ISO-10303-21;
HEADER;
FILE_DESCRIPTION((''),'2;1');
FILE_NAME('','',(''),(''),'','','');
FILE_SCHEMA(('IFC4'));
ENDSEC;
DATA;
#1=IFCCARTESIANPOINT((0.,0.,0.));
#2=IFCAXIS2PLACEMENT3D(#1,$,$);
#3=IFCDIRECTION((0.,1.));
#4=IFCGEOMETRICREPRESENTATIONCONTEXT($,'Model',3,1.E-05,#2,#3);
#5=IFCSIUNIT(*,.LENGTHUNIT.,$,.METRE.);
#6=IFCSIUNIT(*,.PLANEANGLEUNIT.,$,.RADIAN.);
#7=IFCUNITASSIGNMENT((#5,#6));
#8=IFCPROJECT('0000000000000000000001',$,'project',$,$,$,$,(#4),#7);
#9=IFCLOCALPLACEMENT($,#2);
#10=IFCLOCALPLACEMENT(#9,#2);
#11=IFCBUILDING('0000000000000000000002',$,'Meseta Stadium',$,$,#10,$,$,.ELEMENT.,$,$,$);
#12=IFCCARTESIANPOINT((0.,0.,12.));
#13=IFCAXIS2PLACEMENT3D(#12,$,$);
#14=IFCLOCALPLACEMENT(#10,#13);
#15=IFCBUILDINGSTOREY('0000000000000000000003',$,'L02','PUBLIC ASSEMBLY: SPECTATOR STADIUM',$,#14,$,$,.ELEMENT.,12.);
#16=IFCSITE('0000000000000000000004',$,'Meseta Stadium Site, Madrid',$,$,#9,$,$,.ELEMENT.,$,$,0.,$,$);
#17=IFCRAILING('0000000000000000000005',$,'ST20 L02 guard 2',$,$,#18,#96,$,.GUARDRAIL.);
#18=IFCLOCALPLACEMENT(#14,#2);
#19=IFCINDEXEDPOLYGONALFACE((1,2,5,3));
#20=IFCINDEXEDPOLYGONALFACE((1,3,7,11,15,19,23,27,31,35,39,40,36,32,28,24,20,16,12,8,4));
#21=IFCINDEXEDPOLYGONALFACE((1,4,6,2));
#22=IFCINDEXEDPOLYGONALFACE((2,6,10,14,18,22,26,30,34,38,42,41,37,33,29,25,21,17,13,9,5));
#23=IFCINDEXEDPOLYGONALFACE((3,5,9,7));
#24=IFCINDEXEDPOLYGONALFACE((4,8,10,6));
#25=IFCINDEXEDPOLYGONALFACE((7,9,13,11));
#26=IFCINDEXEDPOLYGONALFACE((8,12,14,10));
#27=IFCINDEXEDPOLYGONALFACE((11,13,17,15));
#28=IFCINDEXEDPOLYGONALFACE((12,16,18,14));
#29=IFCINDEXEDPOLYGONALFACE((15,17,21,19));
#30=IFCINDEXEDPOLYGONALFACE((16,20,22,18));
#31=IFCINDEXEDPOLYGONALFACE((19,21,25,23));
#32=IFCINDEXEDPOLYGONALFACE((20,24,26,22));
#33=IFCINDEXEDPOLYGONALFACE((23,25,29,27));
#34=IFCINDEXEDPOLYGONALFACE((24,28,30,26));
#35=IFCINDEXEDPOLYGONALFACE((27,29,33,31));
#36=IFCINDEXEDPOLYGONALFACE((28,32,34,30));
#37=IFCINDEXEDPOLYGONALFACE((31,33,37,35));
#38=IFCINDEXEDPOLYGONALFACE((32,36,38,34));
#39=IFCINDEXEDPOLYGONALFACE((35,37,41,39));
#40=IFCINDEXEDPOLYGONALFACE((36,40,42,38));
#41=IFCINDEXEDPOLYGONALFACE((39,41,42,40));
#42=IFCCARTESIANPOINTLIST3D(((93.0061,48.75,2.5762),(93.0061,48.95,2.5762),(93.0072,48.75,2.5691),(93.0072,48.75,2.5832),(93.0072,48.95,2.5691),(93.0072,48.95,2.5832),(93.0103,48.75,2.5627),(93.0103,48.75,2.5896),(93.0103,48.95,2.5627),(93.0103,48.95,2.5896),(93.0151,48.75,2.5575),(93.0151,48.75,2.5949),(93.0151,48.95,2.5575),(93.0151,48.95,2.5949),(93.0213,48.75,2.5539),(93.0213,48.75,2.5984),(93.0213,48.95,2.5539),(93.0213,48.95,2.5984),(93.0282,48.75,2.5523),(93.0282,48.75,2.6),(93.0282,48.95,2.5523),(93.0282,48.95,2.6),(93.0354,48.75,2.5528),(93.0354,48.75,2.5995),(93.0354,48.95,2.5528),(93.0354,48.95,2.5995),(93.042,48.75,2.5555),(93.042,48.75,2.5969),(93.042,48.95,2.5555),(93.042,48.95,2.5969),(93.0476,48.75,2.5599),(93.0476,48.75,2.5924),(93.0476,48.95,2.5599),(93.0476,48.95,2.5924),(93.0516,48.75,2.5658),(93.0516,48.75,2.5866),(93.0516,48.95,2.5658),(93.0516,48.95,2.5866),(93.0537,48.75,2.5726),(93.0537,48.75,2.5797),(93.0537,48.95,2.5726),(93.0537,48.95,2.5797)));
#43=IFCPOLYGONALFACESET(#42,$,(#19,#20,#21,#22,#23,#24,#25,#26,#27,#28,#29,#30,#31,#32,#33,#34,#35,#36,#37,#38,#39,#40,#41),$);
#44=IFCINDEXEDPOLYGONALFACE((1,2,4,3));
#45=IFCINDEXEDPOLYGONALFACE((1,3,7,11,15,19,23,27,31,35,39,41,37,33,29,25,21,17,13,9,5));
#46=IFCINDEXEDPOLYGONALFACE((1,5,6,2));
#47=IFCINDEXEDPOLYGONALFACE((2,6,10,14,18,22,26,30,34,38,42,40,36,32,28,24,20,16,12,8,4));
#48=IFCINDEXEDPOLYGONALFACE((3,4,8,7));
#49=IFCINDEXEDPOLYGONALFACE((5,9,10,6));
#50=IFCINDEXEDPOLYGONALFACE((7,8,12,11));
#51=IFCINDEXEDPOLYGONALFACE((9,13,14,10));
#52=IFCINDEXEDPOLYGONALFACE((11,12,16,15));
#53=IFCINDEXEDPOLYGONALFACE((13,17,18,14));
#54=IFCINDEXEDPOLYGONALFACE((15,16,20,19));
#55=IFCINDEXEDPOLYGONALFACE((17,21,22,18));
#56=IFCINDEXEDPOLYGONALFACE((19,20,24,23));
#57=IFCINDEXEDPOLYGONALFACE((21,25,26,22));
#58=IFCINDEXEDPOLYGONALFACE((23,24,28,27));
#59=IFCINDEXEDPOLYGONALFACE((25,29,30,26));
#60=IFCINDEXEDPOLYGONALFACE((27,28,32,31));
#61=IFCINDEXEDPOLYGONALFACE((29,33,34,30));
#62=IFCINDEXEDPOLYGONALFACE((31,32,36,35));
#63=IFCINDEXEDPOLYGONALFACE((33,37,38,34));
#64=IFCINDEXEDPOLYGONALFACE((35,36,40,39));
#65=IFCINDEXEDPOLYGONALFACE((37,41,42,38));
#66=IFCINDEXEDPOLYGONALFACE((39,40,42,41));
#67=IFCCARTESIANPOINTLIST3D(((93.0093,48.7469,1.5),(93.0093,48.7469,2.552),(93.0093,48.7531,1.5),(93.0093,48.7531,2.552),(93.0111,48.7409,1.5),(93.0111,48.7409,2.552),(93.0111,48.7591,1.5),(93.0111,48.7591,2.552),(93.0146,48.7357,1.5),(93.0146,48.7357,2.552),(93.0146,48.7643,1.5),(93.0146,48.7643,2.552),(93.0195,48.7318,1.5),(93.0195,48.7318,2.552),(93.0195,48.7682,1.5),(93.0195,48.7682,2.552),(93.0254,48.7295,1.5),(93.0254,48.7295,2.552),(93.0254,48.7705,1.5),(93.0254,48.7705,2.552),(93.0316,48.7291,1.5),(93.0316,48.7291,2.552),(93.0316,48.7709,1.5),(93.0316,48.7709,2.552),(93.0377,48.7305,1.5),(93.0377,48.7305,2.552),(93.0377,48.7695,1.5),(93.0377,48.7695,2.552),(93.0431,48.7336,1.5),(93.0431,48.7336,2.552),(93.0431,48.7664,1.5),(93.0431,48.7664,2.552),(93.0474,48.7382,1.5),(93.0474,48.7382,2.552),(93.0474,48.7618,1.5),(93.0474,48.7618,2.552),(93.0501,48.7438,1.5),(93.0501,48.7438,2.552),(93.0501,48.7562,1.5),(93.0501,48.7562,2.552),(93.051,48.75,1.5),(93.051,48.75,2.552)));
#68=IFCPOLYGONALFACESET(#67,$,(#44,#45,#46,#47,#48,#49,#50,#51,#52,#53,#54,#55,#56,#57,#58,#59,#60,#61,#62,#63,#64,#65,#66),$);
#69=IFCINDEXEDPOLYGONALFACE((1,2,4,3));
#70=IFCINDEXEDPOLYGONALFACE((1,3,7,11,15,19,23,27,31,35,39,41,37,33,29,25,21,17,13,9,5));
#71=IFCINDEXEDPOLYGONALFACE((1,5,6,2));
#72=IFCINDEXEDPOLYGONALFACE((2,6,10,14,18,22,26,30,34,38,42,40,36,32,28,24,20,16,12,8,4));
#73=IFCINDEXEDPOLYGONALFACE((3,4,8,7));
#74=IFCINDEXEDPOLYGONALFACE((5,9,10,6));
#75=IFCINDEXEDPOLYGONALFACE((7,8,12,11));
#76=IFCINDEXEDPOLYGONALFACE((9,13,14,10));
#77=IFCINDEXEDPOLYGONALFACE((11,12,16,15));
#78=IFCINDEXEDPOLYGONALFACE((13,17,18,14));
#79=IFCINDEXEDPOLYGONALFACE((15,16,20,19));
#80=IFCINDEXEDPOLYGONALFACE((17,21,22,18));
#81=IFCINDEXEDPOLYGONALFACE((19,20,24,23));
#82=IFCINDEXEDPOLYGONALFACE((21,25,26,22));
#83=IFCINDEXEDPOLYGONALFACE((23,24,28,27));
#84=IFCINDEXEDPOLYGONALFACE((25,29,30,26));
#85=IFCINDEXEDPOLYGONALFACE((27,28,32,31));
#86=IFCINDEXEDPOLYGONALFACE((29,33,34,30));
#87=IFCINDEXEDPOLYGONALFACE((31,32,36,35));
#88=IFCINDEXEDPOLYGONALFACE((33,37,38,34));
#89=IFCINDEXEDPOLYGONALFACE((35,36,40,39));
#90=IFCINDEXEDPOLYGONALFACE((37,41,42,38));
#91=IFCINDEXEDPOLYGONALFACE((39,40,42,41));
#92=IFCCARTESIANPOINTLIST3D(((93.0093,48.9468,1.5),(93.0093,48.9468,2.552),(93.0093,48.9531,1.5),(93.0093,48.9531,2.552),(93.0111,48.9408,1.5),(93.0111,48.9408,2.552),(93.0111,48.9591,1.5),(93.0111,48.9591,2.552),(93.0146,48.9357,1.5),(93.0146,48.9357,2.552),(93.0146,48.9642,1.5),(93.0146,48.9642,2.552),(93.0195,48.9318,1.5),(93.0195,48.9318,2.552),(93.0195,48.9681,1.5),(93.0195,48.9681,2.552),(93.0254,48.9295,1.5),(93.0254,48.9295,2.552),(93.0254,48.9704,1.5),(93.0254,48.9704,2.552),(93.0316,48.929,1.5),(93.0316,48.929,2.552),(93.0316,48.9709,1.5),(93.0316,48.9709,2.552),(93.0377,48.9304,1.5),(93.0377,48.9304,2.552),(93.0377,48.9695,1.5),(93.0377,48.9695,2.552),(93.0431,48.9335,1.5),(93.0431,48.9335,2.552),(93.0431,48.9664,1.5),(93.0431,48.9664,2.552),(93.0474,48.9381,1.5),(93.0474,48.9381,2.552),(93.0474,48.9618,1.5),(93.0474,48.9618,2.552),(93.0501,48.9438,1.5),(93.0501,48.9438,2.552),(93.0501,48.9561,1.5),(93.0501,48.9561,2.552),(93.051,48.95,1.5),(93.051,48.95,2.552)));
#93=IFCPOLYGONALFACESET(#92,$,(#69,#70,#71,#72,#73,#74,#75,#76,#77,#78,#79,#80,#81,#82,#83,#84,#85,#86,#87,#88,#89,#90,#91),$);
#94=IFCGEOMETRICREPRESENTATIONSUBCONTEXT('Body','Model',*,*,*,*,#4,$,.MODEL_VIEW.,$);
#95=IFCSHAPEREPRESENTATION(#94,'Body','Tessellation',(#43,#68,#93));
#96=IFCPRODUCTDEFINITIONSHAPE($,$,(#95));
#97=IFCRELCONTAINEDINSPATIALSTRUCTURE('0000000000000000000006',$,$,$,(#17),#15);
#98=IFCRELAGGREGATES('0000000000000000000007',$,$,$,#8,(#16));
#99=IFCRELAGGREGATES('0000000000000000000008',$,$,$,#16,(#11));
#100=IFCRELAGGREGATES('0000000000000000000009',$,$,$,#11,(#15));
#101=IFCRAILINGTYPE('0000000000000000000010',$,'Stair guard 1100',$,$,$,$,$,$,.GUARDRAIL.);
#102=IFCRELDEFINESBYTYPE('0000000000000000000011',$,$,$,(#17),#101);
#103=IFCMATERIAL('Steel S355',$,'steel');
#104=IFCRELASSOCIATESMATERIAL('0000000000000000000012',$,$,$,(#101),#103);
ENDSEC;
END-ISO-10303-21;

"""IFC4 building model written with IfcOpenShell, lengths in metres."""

from ifc_helpers import new_model, si_unit, direction, frame, origin, origin_2d, place, context, subcontext, project, spatial, circle, extrude, material, type_object, element, save


model = new_model("IFC4")

# Units and contexts
model_context = context("Model", 3, precision=1e-05, world=origin(), true_north=direction((0.0, 1.0)))
body_context = subcontext(model_context, "Body", "Model", "MODEL_VIEW")
ifc_project = project(units=[si_unit("LENGTHUNIT", "METRE"), si_unit("PLANEANGLEUNIT", "RADIAN")], contexts=[model_context])

# Site, building, storey
site_placement = place(None, origin())
site = spatial("IfcSite", under=ifc_project, at=site_placement, Name="Meseta Stadium Site, Madrid", CompositionType="ELEMENT", RefElevation=0.0)
building_placement = place(site_placement, origin())
building = spatial("IfcBuilding", under=site, at=building_placement, Name="Meseta Stadium", CompositionType="ELEMENT")
storey_placement = place(building_placement, frame((0.0, 0.0, 12.0)))
storey = spatial("IfcBuildingStorey", under=building, at=storey_placement, Name="L02", Description="PUBLIC ASSEMBLY: SPECTATOR STADIUM", CompositionType="ELEMENT", Elevation=12.0)

# Railing
ifc_material_1 = material(Name="Steel S355", Category="steel")
railing_type_1 = type_object("IfcRailingType", Name="Stair guard 1100", PredefinedType="GUARDRAIL", material=ifc_material_1)
railing_1_placement = place(storey_placement, frame((93.03, 48.75, 1.5)))
element("IfcRailing", 1, at=railing_1_placement, inside=storey, type_object=railing_type_1, Name="ST20 L02 guard 2", PredefinedType="GUARDRAIL", context=body_context, shape_type="SweptSolid", body=[
    extrude(circle(Radius=0.0239, at=origin_2d()), frame((0.0, 0.0, 1.0762), z_axis=(0.0, 1.0, 0.0), x_axis=(-1.0, 0.0, 0.0)), (0.0, 0.0, 1.0), 0.2),
    extrude(circle(Radius=0.021, at=origin_2d()), origin(), (0.0, 0.0, 1.0), 1.052),
    extrude(circle(Radius=0.021, at=origin_2d()), frame((0.0, 0.2, 0.0)), (0.0, 0.0, 1.0), 1.052),
])

save(model, "model.ifc")
